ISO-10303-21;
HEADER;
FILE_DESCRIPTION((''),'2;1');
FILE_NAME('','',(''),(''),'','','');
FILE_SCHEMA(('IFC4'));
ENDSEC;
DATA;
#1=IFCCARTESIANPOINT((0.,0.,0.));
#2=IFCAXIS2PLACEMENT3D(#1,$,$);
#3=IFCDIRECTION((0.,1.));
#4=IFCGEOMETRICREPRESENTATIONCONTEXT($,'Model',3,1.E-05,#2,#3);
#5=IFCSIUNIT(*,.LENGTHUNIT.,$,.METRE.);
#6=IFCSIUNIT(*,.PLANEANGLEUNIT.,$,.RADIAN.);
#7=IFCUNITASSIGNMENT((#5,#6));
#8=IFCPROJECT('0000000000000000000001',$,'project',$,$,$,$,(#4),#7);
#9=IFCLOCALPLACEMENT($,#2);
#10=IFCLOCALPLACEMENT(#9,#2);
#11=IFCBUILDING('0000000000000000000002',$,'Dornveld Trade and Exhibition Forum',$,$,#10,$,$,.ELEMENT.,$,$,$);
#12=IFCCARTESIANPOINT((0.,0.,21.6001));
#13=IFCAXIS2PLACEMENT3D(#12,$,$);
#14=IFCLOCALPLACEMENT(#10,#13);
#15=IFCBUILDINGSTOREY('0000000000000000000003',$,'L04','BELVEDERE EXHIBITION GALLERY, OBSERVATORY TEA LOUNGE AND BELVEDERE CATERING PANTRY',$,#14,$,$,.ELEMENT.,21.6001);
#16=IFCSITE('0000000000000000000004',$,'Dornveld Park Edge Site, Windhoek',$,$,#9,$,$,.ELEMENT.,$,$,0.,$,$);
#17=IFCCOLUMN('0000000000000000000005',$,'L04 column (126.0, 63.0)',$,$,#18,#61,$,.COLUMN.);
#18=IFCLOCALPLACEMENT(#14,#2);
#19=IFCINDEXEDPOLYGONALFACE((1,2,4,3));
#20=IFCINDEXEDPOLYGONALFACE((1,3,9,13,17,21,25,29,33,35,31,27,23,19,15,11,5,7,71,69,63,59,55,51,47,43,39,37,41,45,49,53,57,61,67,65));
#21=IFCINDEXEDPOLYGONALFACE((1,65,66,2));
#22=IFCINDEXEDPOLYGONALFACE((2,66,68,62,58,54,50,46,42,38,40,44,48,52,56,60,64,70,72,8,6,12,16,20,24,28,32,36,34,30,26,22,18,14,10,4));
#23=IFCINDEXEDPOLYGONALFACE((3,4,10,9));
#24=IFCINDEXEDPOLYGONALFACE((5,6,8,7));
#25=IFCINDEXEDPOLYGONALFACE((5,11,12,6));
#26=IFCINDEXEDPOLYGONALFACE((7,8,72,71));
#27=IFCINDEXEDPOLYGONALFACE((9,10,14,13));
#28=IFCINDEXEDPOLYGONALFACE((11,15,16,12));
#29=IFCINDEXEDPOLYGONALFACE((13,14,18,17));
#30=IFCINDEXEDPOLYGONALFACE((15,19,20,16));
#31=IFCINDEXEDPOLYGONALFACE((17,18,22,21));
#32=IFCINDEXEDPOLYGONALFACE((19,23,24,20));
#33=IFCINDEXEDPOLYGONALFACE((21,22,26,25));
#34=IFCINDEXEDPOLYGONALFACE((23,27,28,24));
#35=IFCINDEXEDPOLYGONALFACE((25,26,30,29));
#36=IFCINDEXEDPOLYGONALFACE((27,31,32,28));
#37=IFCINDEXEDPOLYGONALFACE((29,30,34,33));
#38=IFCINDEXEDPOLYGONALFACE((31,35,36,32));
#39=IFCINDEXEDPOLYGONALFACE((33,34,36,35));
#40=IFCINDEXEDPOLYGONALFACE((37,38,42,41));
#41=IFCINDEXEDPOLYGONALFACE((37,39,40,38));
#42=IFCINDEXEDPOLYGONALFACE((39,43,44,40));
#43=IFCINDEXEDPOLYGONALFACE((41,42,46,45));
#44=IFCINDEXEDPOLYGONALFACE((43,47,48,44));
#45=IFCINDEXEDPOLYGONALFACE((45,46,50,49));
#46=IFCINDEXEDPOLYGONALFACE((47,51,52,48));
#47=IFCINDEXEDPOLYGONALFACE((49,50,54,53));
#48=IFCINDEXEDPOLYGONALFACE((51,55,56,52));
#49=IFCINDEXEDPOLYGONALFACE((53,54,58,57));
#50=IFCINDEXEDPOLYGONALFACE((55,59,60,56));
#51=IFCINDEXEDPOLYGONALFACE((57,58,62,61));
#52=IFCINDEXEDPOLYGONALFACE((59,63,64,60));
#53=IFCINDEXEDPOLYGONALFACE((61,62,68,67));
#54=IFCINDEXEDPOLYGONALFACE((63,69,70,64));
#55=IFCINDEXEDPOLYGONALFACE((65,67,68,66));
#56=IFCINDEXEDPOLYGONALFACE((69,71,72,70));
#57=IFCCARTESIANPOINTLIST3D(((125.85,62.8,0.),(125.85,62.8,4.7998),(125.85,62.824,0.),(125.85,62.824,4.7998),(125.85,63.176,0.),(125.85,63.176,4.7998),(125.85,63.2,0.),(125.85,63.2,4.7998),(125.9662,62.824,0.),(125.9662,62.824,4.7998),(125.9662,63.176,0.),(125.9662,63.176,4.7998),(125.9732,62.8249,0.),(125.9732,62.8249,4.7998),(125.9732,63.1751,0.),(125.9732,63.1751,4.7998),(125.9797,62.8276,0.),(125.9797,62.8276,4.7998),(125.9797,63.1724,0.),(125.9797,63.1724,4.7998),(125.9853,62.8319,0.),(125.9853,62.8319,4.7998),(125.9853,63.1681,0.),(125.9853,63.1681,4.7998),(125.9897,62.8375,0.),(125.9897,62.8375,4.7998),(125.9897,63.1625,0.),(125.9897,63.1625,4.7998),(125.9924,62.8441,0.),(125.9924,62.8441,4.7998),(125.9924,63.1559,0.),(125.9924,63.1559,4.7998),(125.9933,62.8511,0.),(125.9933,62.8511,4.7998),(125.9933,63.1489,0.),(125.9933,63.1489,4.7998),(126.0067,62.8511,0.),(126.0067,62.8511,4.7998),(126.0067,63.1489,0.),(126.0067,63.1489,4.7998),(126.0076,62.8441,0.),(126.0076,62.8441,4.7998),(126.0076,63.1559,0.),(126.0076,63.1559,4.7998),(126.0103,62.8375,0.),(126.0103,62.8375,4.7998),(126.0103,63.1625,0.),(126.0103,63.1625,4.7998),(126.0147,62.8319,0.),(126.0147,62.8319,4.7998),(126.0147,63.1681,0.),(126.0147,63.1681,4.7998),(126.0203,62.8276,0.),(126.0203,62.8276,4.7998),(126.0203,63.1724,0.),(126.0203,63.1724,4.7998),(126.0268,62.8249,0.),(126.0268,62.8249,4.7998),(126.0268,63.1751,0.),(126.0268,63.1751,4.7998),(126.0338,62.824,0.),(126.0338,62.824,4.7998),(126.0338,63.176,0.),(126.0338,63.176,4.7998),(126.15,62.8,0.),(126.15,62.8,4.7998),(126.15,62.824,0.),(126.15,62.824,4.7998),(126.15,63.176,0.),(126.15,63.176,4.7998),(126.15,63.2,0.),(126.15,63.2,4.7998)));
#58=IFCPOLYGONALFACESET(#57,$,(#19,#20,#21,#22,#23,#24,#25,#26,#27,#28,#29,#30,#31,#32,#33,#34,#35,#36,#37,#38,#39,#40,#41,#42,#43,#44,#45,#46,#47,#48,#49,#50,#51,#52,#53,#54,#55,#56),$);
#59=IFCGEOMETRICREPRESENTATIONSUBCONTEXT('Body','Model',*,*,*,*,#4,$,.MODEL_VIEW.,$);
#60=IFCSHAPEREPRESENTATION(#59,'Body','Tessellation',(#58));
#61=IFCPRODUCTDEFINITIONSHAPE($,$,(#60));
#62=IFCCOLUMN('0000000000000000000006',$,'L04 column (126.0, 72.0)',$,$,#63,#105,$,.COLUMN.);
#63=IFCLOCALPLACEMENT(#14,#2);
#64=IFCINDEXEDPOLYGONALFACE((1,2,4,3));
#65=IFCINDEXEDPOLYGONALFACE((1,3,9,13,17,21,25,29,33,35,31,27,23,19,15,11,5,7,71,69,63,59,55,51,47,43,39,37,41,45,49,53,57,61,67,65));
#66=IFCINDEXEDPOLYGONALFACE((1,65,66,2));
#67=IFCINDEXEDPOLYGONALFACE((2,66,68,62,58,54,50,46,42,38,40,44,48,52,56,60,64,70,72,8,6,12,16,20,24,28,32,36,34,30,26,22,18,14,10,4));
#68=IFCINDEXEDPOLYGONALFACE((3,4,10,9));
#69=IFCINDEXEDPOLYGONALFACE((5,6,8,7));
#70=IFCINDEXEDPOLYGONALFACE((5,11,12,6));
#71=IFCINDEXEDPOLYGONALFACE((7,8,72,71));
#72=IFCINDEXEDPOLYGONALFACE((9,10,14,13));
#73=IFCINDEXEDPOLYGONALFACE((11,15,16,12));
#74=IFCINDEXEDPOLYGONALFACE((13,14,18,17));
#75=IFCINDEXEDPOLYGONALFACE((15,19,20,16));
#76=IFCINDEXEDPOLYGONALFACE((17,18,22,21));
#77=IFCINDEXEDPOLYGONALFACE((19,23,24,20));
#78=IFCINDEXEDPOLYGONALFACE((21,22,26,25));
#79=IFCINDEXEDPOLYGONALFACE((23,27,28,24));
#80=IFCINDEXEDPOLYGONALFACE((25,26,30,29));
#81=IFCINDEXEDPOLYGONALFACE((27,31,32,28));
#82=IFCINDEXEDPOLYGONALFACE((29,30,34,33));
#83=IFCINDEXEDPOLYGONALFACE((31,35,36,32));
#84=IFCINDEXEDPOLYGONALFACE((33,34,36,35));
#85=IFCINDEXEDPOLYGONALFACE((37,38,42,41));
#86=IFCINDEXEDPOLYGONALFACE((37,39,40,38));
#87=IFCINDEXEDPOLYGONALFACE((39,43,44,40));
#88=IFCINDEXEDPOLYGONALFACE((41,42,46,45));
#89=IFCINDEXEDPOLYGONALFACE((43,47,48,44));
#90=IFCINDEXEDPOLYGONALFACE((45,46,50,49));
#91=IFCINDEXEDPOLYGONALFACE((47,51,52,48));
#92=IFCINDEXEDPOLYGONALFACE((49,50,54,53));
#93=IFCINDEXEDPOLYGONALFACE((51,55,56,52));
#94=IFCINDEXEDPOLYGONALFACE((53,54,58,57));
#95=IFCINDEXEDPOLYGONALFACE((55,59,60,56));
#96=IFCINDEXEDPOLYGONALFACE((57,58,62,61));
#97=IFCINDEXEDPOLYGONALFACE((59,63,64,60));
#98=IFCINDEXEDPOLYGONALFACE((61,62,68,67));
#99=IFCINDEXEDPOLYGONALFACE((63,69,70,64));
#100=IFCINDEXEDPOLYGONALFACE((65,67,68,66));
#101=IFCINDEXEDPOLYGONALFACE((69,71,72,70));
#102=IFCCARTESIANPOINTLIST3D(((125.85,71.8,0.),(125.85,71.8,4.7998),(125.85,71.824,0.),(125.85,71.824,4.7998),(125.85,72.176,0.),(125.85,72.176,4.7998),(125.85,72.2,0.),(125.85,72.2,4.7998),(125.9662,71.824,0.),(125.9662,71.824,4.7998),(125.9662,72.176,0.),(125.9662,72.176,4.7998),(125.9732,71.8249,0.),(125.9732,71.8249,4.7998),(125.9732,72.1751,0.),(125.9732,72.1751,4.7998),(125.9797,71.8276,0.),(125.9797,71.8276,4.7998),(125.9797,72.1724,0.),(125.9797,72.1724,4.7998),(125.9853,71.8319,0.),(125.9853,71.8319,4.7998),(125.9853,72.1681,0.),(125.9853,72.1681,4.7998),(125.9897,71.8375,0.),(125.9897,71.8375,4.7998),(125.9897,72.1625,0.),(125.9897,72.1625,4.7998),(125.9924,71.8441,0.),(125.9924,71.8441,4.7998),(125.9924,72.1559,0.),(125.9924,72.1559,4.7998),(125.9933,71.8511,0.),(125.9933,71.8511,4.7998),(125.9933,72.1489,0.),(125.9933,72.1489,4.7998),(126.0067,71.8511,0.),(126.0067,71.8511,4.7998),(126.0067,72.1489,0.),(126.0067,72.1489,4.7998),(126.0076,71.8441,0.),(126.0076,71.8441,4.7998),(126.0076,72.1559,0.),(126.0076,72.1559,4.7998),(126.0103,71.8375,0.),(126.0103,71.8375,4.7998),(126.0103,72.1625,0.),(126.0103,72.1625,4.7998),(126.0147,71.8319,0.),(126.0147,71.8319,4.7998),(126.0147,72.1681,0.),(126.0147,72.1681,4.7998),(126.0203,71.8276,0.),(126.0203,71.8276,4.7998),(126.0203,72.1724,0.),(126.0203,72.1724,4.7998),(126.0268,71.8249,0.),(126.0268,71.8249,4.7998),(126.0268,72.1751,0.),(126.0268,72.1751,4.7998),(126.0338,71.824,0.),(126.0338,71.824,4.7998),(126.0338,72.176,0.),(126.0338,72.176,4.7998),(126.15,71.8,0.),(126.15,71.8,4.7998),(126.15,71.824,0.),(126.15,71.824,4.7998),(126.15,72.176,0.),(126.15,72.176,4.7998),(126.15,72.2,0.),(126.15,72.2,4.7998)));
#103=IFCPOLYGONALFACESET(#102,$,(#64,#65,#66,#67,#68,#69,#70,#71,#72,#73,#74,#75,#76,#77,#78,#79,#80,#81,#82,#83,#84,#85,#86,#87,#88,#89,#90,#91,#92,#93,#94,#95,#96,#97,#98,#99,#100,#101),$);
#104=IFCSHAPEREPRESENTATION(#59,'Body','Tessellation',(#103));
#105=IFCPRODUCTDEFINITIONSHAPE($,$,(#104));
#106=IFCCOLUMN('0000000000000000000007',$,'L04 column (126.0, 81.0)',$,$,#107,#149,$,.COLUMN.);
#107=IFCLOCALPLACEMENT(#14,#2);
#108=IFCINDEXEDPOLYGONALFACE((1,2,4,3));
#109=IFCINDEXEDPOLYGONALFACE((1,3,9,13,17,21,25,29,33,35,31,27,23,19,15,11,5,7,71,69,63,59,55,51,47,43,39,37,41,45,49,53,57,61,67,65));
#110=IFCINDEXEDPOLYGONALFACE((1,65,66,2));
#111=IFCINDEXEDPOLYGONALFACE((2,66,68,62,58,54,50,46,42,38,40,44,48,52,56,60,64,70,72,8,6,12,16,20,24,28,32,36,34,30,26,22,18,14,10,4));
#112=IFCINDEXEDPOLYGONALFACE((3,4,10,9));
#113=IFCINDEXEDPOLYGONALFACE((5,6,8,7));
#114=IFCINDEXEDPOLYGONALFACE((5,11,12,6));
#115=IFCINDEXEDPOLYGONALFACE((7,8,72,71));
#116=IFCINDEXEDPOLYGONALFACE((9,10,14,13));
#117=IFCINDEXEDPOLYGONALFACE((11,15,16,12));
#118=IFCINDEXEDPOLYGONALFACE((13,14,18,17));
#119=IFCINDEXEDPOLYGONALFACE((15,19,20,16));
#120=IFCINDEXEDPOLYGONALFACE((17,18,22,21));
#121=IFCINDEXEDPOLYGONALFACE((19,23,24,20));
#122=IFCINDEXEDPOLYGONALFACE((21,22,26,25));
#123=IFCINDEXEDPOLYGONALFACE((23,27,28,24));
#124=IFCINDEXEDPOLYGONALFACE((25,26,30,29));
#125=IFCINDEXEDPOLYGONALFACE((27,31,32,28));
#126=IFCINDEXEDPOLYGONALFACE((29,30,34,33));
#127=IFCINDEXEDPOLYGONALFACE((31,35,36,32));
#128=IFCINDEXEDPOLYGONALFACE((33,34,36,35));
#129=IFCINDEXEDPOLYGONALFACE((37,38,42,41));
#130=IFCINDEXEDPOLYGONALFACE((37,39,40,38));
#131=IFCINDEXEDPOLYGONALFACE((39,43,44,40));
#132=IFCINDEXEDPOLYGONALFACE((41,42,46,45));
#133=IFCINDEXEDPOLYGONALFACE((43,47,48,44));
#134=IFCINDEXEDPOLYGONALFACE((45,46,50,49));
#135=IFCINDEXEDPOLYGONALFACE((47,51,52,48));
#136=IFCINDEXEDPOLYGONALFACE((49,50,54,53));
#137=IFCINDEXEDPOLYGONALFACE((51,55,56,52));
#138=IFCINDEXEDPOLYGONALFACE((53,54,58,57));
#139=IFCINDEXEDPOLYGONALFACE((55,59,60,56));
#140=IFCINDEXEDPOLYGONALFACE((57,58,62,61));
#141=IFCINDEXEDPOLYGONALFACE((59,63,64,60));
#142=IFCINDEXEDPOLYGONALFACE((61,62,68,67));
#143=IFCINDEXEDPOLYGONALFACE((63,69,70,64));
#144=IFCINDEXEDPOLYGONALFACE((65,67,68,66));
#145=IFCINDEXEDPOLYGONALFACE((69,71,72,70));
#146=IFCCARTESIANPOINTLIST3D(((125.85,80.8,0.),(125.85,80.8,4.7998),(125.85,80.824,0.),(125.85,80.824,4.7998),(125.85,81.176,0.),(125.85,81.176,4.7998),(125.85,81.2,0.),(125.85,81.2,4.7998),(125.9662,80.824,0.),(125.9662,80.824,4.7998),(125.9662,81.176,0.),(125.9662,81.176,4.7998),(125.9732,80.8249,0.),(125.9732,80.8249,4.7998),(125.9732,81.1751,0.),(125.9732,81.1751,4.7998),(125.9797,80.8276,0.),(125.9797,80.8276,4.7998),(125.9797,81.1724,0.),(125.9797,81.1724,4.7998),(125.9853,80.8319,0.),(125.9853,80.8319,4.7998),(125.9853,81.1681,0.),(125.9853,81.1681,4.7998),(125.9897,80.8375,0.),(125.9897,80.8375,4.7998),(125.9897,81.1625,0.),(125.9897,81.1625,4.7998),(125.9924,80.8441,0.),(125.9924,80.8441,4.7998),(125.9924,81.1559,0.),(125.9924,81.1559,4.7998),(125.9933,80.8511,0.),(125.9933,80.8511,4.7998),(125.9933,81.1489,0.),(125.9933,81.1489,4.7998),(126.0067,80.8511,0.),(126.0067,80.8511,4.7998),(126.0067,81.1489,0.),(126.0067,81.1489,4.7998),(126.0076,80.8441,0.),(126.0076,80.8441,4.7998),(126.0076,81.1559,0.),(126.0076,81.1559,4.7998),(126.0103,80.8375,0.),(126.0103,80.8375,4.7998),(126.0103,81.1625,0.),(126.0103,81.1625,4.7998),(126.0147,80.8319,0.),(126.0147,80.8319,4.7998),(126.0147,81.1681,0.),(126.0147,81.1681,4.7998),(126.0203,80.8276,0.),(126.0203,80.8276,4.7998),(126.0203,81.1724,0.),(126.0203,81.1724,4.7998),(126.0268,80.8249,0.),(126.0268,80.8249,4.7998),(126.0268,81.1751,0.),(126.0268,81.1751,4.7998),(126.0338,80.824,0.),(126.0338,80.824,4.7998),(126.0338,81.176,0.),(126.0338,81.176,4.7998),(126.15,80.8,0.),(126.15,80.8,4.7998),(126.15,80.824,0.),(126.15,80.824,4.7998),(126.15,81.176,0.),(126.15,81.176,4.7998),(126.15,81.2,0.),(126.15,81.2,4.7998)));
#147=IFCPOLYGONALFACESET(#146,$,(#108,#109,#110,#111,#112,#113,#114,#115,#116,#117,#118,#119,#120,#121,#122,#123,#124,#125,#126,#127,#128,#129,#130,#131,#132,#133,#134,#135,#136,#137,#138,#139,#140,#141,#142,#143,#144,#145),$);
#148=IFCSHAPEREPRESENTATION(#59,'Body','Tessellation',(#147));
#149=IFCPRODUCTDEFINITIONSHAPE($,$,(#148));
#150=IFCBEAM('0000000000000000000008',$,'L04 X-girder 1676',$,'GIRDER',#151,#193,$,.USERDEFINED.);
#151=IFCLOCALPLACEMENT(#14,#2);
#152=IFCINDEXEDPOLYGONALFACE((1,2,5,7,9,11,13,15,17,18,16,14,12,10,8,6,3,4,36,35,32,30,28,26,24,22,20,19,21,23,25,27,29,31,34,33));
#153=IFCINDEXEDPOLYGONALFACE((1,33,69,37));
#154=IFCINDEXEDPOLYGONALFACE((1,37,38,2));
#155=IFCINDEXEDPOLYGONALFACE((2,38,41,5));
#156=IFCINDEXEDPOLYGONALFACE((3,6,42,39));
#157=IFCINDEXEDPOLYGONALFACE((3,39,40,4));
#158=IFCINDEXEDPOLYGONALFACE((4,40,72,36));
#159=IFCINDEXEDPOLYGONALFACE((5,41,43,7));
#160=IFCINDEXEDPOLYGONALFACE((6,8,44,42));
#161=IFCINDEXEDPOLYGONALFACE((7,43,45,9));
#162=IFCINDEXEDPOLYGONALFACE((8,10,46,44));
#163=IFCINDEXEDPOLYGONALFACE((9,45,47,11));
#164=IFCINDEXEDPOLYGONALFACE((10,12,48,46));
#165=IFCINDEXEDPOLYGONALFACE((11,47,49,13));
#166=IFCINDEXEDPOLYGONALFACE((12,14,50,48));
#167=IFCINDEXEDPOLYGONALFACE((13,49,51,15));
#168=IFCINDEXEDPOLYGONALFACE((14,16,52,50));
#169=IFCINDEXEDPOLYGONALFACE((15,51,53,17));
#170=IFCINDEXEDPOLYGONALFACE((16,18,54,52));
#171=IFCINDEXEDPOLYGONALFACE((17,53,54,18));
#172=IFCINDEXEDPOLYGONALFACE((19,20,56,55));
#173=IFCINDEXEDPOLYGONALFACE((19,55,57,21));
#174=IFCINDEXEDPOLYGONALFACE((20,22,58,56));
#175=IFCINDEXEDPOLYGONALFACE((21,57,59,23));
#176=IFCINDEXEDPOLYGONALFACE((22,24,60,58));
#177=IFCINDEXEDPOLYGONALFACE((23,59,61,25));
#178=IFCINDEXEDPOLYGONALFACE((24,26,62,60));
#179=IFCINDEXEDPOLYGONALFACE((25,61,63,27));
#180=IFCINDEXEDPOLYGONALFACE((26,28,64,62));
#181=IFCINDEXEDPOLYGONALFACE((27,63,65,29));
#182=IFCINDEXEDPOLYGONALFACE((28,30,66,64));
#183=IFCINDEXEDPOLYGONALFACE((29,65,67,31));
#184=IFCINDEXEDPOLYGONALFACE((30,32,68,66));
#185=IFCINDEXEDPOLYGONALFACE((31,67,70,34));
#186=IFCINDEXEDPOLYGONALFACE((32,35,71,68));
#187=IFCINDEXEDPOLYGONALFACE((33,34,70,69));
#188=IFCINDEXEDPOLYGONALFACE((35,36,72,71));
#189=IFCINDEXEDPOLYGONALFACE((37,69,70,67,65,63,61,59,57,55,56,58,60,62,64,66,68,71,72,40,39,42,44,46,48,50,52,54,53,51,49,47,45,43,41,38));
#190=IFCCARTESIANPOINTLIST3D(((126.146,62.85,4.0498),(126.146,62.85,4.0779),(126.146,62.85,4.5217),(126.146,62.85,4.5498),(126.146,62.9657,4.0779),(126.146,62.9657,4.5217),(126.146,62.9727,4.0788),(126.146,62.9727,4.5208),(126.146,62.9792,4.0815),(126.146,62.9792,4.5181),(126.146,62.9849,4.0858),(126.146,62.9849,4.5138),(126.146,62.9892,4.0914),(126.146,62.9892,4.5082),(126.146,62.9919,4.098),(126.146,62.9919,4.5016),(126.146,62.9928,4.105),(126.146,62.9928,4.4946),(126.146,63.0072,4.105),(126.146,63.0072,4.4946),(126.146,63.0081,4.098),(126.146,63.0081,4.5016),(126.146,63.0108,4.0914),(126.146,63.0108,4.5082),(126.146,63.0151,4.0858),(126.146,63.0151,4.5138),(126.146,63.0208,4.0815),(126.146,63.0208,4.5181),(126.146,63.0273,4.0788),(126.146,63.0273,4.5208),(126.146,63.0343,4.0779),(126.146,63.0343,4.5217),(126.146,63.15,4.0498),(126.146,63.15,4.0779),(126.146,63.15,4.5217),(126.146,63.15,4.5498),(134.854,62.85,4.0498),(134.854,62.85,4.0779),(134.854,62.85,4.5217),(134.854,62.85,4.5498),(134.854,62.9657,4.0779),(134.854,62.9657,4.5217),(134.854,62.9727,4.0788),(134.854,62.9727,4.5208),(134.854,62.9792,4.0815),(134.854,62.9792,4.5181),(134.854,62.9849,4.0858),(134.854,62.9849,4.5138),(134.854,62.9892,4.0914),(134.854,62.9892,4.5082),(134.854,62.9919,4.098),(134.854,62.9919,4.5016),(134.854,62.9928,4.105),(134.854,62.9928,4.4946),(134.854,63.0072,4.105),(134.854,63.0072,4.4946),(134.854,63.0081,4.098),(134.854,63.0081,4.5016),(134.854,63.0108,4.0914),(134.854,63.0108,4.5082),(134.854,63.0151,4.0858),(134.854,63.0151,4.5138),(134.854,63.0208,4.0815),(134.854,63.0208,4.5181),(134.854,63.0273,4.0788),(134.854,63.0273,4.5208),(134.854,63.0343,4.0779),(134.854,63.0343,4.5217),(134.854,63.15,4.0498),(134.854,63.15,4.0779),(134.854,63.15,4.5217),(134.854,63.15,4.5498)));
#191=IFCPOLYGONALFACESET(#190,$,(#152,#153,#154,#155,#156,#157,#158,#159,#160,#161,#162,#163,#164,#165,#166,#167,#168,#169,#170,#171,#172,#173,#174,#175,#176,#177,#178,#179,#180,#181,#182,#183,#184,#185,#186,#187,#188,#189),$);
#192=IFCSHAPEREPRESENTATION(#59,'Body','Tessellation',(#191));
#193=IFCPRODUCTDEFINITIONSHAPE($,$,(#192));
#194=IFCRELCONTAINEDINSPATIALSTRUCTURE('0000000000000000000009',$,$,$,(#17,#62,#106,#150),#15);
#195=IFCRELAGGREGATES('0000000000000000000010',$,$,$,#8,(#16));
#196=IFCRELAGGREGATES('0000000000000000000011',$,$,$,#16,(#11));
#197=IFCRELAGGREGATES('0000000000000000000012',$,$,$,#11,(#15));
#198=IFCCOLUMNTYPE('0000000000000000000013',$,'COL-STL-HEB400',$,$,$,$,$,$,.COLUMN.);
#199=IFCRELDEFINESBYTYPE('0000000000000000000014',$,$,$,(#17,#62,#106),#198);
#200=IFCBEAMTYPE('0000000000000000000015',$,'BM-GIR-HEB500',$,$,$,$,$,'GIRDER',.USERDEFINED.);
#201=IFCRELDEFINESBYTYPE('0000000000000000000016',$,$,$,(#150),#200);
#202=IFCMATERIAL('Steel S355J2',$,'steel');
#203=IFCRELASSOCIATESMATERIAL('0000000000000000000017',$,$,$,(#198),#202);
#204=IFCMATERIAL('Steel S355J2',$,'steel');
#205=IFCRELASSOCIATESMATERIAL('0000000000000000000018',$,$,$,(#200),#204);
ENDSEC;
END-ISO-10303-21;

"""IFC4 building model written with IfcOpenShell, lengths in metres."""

from ifc_helpers import new_model, si_unit, direction, frame, origin, origin_2d, place, context, subcontext, project, spatial, i_section, extrude, material, material_profile, profile_set, type_object, element, save


model = new_model("IFC4")

# Units and contexts
model_context = context("Model", 3, precision=1e-05, world=origin(), true_north=direction((0.0, 1.0)))
body_context = subcontext(model_context, "Body", "Model", "MODEL_VIEW")
ifc_project = project(units=[si_unit("LENGTHUNIT", "METRE"), si_unit("PLANEANGLEUNIT", "RADIAN")], contexts=[model_context])

# Site, building, storey
site_placement = place(None, origin())
site = spatial("IfcSite", under=ifc_project, at=site_placement, Name="Dornveld Park Edge Site, Windhoek", CompositionType="ELEMENT", RefElevation=0.0)
building_placement = place(site_placement, origin())
building = spatial("IfcBuilding", under=site, at=building_placement, Name="Dornveld Trade and Exhibition Forum", CompositionType="ELEMENT")
storey_placement = place(building_placement, frame((0.0, 0.0, 21.6001)))
storey = spatial("IfcBuildingStorey", under=building, at=storey_placement, Name="L04", Description="BELVEDERE EXHIBITION GALLERY, OBSERVATORY TEA LOUNGE AND BELVEDERE CATERING PANTRY", CompositionType="ELEMENT", Elevation=21.6001)

# Columns
ifc_material_1 = material(Name="Steel S355J2", Category="steel")
ifc_material_profile_1 = material_profile(ifc_material_1, i_section(OverallWidth=0.3, OverallDepth=0.3999, WebThickness=0.0134, FlangeThickness=0.0239, FilletRadius=0.0271, at=origin_2d()), Name="HEB 400")
ifc_profile_set_1 = profile_set([ifc_material_profile_1], Name="Steel S355J2")
column_type_1 = type_object("IfcColumnType", Name="COL-STL-HEB400", PredefinedType="COLUMN", material=ifc_profile_set_1)
for number, where, z_axis, x_axis, name in (
    (1, (126.0, 63.0, 0.0), (0.0, 0.0, 1.0), (1.0, 0.0, 0.0), "L04 column (126.0, 63.0)"),
    (2, (126.0, 72.0, 0.0), (0.0, 0.0, 1.0), (1.0, 0.0, 0.0), "L04 column (126.0, 72.0)"),
    (3, (126.0, 81.0, 0.0), (0.0, 0.0, 1.0), (1.0, 0.0, 0.0), "L04 column (126.0, 81.0)"),
):
    element("IfcColumn", number, at=place(storey_placement, frame(where, z_axis=z_axis, x_axis=x_axis)), inside=storey, type_object=column_type_1, Name=name, PredefinedType="COLUMN", context=body_context, shape_type="SweptSolid", body=[
        extrude(i_section(OverallWidth=0.3, OverallDepth=0.3999, WebThickness=0.0134, FlangeThickness=0.0239, FilletRadius=0.0271, at=origin_2d()), origin(), (0.0, 0.0, 1.0), 4.7998),
    ])

# Beam
ifc_material_2 = material(Name="Steel S355J2", Category="steel")
ifc_material_profile_2 = material_profile(ifc_material_2, i_section(OverallWidth=0.3, OverallDepth=0.5, WebThickness=0.0144, FlangeThickness=0.0281, FilletRadius=0.0271, at=origin_2d()), Name="HEB 500")
ifc_profile_set_2 = profile_set([ifc_material_profile_2], Name="Steel S355J2")
beam_type_1 = type_object("IfcBeamType", Name="BM-GIR-HEB500", ElementType="GIRDER", PredefinedType="USERDEFINED", material=ifc_profile_set_2)
for number, where, z_axis, x_axis, name in (
    (4, (126.146, 63.0, 4.2998), (1.0, 0.0, 0.0), (0.0, 1.0, 0.0), "L04 X-girder 1676"),
):
    element("IfcBeam", number, at=place(storey_placement, frame(where, z_axis=z_axis, x_axis=x_axis)), inside=storey, type_object=beam_type_1, Name=name, ObjectType="GIRDER", PredefinedType="USERDEFINED", context=body_context, shape_type="SweptSolid", body=[
        extrude(i_section(OverallWidth=0.3, OverallDepth=0.5, WebThickness=0.0144, FlangeThickness=0.0281, FilletRadius=0.0271, at=origin_2d()), origin(), (0.0, 0.0, 1.0), 8.708),
    ])

save(model, "model.ifc")
